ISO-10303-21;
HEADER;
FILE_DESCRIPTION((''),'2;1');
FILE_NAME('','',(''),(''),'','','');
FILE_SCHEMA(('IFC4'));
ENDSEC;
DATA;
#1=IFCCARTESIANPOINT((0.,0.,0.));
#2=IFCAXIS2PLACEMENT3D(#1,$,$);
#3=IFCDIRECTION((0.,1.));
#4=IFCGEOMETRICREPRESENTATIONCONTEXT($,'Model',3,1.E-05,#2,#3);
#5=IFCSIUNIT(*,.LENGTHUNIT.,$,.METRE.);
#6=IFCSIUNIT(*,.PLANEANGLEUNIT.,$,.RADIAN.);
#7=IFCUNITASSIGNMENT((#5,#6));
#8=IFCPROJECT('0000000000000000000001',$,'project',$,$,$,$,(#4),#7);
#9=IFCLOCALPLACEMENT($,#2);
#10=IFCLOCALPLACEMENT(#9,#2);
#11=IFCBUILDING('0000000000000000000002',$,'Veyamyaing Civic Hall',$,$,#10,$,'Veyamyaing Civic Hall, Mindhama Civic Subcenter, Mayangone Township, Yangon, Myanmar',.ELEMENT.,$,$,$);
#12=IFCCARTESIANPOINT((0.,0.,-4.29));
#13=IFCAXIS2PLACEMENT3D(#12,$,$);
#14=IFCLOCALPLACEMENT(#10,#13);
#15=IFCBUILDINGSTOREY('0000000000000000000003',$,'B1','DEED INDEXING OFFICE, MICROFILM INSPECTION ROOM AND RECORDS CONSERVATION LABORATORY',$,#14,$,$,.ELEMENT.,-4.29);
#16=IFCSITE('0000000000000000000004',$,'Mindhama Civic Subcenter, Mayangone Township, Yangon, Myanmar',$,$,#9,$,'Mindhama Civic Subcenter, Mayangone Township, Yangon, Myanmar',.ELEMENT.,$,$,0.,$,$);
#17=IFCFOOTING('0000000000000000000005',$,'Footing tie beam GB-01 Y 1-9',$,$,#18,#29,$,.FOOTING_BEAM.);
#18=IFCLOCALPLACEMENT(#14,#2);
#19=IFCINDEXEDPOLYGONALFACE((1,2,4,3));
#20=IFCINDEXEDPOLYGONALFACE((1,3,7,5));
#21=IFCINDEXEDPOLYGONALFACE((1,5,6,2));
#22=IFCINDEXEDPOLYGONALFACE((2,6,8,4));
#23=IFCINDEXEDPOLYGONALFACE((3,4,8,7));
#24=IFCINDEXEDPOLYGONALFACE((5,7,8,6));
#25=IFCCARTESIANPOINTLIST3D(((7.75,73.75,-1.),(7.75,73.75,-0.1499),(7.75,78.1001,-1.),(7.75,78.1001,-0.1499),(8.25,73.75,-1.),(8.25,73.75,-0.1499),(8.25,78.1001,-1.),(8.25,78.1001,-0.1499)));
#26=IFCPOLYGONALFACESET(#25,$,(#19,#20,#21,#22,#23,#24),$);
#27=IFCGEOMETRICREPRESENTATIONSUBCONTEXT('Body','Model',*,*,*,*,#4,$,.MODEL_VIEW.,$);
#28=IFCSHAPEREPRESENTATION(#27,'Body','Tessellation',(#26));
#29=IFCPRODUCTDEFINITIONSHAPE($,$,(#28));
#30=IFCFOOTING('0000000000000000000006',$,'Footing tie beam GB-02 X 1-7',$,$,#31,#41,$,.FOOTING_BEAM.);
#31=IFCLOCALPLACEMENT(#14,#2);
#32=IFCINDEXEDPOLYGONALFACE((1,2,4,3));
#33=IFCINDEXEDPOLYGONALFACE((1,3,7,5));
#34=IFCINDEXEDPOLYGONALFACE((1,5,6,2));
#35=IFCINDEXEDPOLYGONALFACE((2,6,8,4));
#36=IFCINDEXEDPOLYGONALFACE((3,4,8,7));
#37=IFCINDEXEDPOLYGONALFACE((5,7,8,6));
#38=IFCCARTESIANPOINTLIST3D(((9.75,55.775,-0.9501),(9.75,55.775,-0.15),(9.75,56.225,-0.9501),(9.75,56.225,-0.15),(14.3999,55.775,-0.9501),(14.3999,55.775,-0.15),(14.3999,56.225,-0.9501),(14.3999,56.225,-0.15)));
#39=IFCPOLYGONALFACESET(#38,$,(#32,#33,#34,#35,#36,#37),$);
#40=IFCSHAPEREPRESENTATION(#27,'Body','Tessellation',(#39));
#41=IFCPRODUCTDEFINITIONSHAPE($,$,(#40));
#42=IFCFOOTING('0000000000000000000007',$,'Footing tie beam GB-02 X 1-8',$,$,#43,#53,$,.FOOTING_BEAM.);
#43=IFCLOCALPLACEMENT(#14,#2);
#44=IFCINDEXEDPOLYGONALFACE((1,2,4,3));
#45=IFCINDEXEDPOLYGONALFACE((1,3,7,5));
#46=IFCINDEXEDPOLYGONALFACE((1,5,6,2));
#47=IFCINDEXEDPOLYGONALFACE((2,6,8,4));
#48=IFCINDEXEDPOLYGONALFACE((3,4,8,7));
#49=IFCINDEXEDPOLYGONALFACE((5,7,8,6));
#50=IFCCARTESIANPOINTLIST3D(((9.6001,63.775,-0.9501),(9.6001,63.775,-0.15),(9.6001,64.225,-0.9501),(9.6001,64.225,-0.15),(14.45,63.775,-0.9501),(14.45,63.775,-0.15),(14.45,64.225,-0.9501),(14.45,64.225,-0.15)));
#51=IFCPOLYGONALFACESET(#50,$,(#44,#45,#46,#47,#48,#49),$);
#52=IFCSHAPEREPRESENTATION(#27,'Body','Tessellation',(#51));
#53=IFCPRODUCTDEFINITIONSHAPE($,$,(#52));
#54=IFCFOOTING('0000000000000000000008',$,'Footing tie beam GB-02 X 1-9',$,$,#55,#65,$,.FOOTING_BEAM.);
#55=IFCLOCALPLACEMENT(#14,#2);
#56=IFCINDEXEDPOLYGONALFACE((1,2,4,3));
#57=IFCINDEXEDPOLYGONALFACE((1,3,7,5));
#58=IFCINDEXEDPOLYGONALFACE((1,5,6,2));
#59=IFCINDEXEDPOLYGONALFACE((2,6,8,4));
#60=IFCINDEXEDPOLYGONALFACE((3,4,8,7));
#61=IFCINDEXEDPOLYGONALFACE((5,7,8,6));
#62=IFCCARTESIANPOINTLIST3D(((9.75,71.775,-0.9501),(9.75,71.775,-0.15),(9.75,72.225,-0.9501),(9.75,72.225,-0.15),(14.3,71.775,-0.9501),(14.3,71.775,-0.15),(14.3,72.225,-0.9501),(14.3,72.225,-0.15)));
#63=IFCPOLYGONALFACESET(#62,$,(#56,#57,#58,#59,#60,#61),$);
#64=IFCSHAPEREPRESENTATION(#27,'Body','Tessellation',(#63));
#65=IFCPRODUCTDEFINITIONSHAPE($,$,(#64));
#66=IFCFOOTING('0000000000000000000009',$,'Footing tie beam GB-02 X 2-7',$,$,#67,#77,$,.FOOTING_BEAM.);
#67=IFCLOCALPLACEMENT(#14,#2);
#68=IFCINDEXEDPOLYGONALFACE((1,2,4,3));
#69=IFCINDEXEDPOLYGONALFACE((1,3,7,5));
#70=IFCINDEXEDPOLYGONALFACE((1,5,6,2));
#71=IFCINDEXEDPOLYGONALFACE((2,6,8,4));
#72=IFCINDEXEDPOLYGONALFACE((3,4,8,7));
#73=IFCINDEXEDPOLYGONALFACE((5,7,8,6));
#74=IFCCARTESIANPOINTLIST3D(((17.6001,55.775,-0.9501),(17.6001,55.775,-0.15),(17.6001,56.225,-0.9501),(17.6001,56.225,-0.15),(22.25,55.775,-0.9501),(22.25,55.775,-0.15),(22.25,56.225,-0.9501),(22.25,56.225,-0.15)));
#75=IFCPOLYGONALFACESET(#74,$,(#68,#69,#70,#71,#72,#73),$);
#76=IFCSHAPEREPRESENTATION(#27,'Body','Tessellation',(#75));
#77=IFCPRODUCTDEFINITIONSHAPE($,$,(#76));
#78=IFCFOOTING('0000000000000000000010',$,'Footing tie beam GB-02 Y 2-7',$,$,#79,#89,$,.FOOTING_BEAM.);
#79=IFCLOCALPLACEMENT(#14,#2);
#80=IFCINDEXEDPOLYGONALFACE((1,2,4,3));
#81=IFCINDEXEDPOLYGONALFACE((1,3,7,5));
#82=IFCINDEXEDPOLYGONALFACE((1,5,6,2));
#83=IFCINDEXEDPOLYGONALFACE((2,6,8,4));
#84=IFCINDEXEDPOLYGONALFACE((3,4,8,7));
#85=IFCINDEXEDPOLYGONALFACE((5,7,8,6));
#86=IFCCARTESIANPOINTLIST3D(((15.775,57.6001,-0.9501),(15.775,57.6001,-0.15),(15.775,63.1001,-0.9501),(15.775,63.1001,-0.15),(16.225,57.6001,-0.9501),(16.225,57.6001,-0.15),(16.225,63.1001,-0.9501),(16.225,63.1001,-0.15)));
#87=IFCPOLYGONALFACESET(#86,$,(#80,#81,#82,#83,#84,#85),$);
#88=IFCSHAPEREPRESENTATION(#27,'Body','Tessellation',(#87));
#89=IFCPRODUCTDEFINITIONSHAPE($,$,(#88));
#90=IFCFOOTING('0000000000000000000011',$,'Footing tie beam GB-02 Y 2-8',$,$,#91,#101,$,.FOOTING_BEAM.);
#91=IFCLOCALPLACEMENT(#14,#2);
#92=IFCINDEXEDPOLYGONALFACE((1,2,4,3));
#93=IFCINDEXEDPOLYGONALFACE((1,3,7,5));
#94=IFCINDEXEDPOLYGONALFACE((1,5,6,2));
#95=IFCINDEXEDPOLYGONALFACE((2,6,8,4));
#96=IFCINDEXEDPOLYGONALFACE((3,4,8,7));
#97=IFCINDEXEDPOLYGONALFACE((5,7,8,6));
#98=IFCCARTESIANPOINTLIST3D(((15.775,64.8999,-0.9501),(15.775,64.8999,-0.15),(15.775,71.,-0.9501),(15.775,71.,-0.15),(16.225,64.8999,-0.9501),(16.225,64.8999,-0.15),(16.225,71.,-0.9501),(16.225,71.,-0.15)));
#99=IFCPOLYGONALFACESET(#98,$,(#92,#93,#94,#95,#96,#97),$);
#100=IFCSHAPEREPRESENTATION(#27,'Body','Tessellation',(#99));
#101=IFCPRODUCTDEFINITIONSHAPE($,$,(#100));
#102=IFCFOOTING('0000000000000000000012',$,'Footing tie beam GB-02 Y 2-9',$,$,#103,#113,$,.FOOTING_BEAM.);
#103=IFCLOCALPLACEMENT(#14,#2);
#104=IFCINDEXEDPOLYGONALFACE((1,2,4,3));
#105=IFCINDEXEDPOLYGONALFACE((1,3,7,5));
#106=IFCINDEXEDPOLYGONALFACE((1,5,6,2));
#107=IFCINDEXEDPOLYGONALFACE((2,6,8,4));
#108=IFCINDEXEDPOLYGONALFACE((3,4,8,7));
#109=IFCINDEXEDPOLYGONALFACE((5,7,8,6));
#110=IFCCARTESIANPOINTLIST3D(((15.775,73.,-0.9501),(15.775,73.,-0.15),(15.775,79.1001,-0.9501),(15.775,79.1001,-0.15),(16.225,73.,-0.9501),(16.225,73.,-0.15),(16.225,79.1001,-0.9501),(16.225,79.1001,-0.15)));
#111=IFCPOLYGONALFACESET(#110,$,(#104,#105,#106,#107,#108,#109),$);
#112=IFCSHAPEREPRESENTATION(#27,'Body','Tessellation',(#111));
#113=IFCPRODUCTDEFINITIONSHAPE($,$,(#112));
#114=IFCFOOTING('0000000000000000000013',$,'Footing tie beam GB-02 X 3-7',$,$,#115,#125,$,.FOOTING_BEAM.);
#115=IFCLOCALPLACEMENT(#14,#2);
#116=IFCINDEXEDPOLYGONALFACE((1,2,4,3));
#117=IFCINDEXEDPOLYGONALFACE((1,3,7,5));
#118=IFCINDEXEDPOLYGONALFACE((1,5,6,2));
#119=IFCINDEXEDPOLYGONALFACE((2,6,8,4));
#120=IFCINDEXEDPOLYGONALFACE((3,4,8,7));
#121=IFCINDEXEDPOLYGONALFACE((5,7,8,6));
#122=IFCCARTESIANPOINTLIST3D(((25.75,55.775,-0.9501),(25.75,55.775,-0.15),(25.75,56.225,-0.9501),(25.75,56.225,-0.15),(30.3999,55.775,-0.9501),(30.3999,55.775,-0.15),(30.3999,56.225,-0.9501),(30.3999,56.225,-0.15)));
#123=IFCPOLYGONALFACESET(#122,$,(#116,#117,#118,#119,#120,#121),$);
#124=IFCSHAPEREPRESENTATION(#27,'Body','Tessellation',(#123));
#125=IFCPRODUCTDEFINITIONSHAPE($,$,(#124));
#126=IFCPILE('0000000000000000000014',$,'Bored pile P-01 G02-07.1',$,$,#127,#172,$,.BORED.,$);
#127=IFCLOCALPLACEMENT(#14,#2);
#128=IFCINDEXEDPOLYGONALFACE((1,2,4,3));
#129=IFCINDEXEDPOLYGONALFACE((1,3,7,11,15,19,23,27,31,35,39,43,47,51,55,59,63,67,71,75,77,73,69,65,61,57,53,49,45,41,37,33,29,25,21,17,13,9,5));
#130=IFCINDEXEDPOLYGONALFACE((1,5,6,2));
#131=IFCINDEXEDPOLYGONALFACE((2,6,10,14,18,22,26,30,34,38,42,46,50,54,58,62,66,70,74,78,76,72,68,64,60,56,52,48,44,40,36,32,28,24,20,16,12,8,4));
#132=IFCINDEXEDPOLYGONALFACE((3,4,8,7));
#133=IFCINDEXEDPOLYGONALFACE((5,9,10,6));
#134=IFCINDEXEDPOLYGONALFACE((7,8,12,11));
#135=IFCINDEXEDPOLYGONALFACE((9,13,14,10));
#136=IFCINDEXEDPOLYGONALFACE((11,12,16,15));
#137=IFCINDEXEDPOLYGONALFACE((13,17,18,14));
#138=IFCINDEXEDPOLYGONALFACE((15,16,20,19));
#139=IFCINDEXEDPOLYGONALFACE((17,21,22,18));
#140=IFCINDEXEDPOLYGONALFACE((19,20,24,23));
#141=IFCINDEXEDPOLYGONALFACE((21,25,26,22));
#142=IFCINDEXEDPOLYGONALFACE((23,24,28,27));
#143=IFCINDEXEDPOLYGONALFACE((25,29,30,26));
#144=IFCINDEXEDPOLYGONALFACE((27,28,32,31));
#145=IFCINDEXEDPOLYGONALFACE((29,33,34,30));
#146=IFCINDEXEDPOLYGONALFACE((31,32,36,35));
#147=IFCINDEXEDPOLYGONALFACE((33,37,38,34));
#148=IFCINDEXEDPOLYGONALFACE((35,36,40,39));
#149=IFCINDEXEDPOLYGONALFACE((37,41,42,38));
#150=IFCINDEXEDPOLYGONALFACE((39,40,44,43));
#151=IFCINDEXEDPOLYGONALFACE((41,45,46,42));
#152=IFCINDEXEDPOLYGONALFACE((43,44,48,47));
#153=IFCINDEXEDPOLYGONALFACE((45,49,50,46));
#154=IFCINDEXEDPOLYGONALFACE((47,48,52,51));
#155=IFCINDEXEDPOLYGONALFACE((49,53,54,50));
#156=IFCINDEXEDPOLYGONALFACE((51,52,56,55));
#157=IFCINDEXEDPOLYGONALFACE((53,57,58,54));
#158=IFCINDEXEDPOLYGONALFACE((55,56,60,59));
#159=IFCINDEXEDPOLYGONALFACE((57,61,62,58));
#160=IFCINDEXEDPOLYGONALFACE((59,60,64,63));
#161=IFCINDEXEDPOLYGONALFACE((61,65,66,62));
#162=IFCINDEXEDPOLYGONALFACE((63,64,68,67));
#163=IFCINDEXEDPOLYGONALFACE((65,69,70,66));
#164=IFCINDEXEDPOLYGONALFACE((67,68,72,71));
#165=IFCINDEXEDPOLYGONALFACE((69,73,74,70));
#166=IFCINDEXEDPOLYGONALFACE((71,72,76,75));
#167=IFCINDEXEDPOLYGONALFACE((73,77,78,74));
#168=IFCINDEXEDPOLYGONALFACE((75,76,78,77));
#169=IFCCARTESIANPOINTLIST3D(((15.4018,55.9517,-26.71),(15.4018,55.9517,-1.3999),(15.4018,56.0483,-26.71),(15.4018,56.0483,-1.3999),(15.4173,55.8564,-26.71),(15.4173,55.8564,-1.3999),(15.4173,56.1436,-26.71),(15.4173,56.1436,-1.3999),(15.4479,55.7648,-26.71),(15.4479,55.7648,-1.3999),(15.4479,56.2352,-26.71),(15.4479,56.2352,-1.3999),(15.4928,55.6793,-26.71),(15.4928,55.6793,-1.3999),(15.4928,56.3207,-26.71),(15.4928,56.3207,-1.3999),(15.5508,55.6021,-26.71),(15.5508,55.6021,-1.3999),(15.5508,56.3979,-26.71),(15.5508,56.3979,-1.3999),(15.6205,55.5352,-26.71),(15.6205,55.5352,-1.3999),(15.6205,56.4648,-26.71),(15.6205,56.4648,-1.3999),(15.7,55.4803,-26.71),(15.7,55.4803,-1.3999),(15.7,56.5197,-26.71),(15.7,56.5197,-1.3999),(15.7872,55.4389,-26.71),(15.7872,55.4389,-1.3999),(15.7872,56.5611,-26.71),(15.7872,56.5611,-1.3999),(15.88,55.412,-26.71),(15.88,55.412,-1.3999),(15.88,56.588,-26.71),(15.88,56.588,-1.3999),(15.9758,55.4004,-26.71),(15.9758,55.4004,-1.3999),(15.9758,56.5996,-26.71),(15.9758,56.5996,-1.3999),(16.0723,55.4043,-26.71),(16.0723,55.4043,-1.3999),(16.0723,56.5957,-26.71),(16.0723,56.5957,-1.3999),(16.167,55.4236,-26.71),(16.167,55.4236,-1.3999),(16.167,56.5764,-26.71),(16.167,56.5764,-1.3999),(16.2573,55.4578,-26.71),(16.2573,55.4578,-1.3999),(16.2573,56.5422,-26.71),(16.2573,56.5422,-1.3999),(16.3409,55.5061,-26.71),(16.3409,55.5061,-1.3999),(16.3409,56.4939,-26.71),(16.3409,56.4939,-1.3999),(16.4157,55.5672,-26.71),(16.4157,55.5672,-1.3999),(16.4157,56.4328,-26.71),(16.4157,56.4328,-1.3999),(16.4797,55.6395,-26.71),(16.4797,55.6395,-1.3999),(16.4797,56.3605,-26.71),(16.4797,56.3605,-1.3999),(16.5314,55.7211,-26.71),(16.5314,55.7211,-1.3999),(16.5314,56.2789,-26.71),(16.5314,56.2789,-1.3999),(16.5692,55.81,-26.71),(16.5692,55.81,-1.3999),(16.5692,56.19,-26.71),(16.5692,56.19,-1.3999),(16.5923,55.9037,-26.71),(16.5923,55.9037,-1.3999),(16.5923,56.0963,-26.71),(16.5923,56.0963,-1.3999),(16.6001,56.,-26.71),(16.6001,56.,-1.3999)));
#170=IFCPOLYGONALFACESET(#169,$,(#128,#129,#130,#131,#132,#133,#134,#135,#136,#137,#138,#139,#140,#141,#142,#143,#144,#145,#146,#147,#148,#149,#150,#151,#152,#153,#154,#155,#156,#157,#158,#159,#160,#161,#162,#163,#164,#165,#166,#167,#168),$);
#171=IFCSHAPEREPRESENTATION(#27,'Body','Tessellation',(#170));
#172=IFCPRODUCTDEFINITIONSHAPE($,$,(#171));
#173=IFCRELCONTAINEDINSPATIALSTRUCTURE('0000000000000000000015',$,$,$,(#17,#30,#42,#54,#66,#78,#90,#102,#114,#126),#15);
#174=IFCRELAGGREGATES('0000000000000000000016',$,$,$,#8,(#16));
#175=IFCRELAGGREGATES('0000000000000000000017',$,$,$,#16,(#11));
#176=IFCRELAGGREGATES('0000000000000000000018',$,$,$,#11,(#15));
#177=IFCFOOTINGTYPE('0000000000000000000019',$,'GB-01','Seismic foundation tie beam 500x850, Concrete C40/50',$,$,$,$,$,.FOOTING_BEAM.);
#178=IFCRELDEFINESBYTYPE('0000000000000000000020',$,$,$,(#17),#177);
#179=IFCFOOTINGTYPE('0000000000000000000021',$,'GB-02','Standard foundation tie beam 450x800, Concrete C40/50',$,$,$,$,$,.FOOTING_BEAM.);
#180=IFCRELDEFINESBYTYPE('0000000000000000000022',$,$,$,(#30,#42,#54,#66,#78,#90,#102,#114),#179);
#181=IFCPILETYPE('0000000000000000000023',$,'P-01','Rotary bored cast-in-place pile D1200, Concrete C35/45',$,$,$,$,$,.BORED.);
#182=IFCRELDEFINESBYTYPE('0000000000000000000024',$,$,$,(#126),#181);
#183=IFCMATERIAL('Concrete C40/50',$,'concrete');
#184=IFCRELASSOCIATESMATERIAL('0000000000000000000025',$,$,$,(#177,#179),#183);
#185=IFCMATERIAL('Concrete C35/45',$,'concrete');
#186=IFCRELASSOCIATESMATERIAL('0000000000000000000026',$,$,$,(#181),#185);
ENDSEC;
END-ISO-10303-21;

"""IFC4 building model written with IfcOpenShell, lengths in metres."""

from ifc_helpers import new_model, si_unit, direction, frame, origin, origin_2d, place, context, subcontext, project, spatial, rectangle, circle, extrude, material, material_profile, profile_set, type_object, element, save


model = new_model("IFC4")

# Units and contexts
model_context = context("Model", 3, precision=1e-05, world=origin(), true_north=direction((0.0, 1.0)))
body_context = subcontext(model_context, "Body", "Model", "MODEL_VIEW")
ifc_project = project(units=[si_unit("LENGTHUNIT", "METRE"), si_unit("PLANEANGLEUNIT", "RADIAN")], contexts=[model_context])

# Site, building, storey
site_placement = place(None, origin())
site = spatial("IfcSite", under=ifc_project, at=site_placement, Name="Mindhama Civic Subcenter, Mayangone Township, Yangon, Myanmar", LongName="Mindhama Civic Subcenter, Mayangone Township, Yangon, Myanmar", CompositionType="ELEMENT", RefElevation=0.0)
building_placement = place(site_placement, origin())
building = spatial("IfcBuilding", under=site, at=building_placement, Name="Veyamyaing Civic Hall", LongName="Veyamyaing Civic Hall, Mindhama Civic Subcenter, Mayangone Township, Yangon, Myanmar", CompositionType="ELEMENT")
storey_placement = place(building_placement, frame((0.0, 0.0, -4.29)))
storey = spatial("IfcBuildingStorey", under=building, at=storey_placement, Name="B1", Description="DEED INDEXING OFFICE, MICROFILM INSPECTION ROOM AND RECORDS CONSERVATION LABORATORY", CompositionType="ELEMENT", Elevation=-4.29)

# Footings
ifc_material_1 = material(Name="Concrete C40/50", Category="concrete")
ifc_material_profile_1 = material_profile(ifc_material_1, rectangle(XDim=0.5, YDim=0.8501, at=origin_2d()), Name="GB-500X850")
ifc_profile_set_1 = profile_set([ifc_material_profile_1], Name="Concrete C40/50")
footing_type_1 = type_object("IfcFootingType", Name="GB-01", Description="Seismic foundation tie beam 500x850, Concrete C40/50", PredefinedType="FOOTING_BEAM", material=ifc_profile_set_1)
footing_1_placement = place(storey_placement, frame((8.0, 73.75, -0.575), z_axis=(0.0, 1.0, 0.0), x_axis=(-1.0, 0.0, 0.0)))
element("IfcFooting", 1, at=footing_1_placement, inside=storey, type_object=footing_type_1, Name="Footing tie beam GB-01 Y 1-9", PredefinedType="FOOTING_BEAM", context=body_context, shape_type="SweptSolid", body=[
    extrude(rectangle(XDim=0.5, YDim=0.8501, at=origin_2d()), origin(), (0.0, 0.0, 1.0), 4.3501),
])
ifc_material_profile_2 = material_profile(ifc_material_1, rectangle(XDim=0.45, YDim=0.8, at=origin_2d()), Name="GB-450X800")
ifc_profile_set_2 = profile_set([ifc_material_profile_2], Name="Concrete C40/50")
footing_type_2 = type_object("IfcFootingType", Name="GB-02", Description="Standard foundation tie beam 450x800, Concrete C40/50", PredefinedType="FOOTING_BEAM", material=ifc_profile_set_2)
footing_2_placement = place(storey_placement, frame((9.75, 56.0, -0.55), z_axis=(1.0, 0.0, 0.0), x_axis=(0.0, 1.0, 0.0)))
element("IfcFooting", 2, at=footing_2_placement, inside=storey, type_object=footing_type_2, Name="Footing tie beam GB-02 X 1-7", PredefinedType="FOOTING_BEAM", context=body_context, shape_type="SweptSolid", body=[
    extrude(rectangle(XDim=0.45, YDim=0.8, at=origin_2d()), origin(), (0.0, 0.0, 1.0), 4.6499),
])
footing_3_placement = place(storey_placement, frame((9.6001, 64.0, -0.55), z_axis=(1.0, 0.0, 0.0), x_axis=(0.0, 1.0, 0.0)))
element("IfcFooting", 3, at=footing_3_placement, inside=storey, type_object=footing_type_2, Name="Footing tie beam GB-02 X 1-8", PredefinedType="FOOTING_BEAM", context=body_context, shape_type="SweptSolid", body=[
    extrude(rectangle(XDim=0.45, YDim=0.8, at=origin_2d()), origin(), (0.0, 0.0, 1.0), 4.8499),
])
footing_4_placement = place(storey_placement, frame((9.75, 72.0, -0.55), z_axis=(1.0, 0.0, 0.0), x_axis=(0.0, 1.0, 0.0)))
element("IfcFooting", 4, at=footing_4_placement, inside=storey, type_object=footing_type_2, Name="Footing tie beam GB-02 X 1-9", PredefinedType="FOOTING_BEAM", context=body_context, shape_type="SweptSolid", body=[
    extrude(rectangle(XDim=0.45, YDim=0.8, at=origin_2d()), origin(), (0.0, 0.0, 1.0), 4.55),
])
footing_5_placement = place(storey_placement, frame((17.6001, 56.0, -0.55), z_axis=(1.0, 0.0, 0.0), x_axis=(0.0, 1.0, 0.0)))
element("IfcFooting", 5, at=footing_5_placement, inside=storey, type_object=footing_type_2, Name="Footing tie beam GB-02 X 2-7", PredefinedType="FOOTING_BEAM", context=body_context, shape_type="SweptSolid", body=[
    extrude(rectangle(XDim=0.45, YDim=0.8, at=origin_2d()), origin(), (0.0, 0.0, 1.0), 4.6499),
])
footing_6_placement = place(storey_placement, frame((16.0, 57.6001, -0.55), z_axis=(0.0, 1.0, 0.0), x_axis=(-1.0, 0.0, 0.0)))
element("IfcFooting", 6, at=footing_6_placement, inside=storey, type_object=footing_type_2, Name="Footing tie beam GB-02 Y 2-7", PredefinedType="FOOTING_BEAM", context=body_context, shape_type="SweptSolid", body=[
    extrude(rectangle(XDim=0.45, YDim=0.8, at=origin_2d()), origin(), (0.0, 0.0, 1.0), 5.5),
])
for number, where, z_axis, x_axis, name in (
    (7, (16.0, 64.8999, -0.55), (0.0, 1.0, 0.0), (-1.0, 0.0, 0.0), "Footing tie beam GB-02 Y 2-8"),
    (8, (16.0, 73.0, -0.55), (0.0, 1.0, 0.0), (-1.0, 0.0, 0.0), "Footing tie beam GB-02 Y 2-9"),
):
    element("IfcFooting", number, at=place(storey_placement, frame(where, z_axis=z_axis, x_axis=x_axis)), inside=storey, type_object=footing_type_2, Name=name, PredefinedType="FOOTING_BEAM", context=body_context, shape_type="SweptSolid", body=[
        extrude(rectangle(XDim=0.45, YDim=0.8, at=origin_2d()), origin(), (0.0, 0.0, 1.0), 6.1001),
    ])
footing_7_placement = place(storey_placement, frame((25.75, 56.0, -0.55), z_axis=(1.0, 0.0, 0.0), x_axis=(0.0, 1.0, 0.0)))
element("IfcFooting", 9, at=footing_7_placement, inside=storey, type_object=footing_type_2, Name="Footing tie beam GB-02 X 3-7", PredefinedType="FOOTING_BEAM", context=body_context, shape_type="SweptSolid", body=[
    extrude(rectangle(XDim=0.45, YDim=0.8, at=origin_2d()), origin(), (0.0, 0.0, 1.0), 4.6499),
])

# Pile
ifc_material_2 = material(Name="Concrete C35/45", Category="concrete")
ifc_material_profile_3 = material_profile(ifc_material_2, circle(Radius=0.6001, at=origin_2d()), Name="PILE-D1200")
ifc_profile_set_3 = profile_set([ifc_material_profile_3], Name="Concrete C35/45")
pile_type_1 = type_object("IfcPileType", Name="P-01", Description="Rotary bored cast-in-place pile D1200, Concrete C35/45", PredefinedType="BORED", material=ifc_profile_set_3)
pile_1_placement = place(storey_placement, frame((16.0, 56.0, -1.3999), z_axis=(0.0, 0.0, -1.0), x_axis=(1.0, 0.0, 0.0)))
element("IfcPile", 10, at=pile_1_placement, inside=storey, type_object=pile_type_1, Name="Bored pile P-01 G02-07.1", PredefinedType="BORED", context=body_context, shape_type="SweptSolid", body=[
    extrude(circle(Radius=0.6001, at=origin_2d()), origin(), (0.0, 0.0, 1.0), 25.3101),
])

save(model, "model.ifc")
